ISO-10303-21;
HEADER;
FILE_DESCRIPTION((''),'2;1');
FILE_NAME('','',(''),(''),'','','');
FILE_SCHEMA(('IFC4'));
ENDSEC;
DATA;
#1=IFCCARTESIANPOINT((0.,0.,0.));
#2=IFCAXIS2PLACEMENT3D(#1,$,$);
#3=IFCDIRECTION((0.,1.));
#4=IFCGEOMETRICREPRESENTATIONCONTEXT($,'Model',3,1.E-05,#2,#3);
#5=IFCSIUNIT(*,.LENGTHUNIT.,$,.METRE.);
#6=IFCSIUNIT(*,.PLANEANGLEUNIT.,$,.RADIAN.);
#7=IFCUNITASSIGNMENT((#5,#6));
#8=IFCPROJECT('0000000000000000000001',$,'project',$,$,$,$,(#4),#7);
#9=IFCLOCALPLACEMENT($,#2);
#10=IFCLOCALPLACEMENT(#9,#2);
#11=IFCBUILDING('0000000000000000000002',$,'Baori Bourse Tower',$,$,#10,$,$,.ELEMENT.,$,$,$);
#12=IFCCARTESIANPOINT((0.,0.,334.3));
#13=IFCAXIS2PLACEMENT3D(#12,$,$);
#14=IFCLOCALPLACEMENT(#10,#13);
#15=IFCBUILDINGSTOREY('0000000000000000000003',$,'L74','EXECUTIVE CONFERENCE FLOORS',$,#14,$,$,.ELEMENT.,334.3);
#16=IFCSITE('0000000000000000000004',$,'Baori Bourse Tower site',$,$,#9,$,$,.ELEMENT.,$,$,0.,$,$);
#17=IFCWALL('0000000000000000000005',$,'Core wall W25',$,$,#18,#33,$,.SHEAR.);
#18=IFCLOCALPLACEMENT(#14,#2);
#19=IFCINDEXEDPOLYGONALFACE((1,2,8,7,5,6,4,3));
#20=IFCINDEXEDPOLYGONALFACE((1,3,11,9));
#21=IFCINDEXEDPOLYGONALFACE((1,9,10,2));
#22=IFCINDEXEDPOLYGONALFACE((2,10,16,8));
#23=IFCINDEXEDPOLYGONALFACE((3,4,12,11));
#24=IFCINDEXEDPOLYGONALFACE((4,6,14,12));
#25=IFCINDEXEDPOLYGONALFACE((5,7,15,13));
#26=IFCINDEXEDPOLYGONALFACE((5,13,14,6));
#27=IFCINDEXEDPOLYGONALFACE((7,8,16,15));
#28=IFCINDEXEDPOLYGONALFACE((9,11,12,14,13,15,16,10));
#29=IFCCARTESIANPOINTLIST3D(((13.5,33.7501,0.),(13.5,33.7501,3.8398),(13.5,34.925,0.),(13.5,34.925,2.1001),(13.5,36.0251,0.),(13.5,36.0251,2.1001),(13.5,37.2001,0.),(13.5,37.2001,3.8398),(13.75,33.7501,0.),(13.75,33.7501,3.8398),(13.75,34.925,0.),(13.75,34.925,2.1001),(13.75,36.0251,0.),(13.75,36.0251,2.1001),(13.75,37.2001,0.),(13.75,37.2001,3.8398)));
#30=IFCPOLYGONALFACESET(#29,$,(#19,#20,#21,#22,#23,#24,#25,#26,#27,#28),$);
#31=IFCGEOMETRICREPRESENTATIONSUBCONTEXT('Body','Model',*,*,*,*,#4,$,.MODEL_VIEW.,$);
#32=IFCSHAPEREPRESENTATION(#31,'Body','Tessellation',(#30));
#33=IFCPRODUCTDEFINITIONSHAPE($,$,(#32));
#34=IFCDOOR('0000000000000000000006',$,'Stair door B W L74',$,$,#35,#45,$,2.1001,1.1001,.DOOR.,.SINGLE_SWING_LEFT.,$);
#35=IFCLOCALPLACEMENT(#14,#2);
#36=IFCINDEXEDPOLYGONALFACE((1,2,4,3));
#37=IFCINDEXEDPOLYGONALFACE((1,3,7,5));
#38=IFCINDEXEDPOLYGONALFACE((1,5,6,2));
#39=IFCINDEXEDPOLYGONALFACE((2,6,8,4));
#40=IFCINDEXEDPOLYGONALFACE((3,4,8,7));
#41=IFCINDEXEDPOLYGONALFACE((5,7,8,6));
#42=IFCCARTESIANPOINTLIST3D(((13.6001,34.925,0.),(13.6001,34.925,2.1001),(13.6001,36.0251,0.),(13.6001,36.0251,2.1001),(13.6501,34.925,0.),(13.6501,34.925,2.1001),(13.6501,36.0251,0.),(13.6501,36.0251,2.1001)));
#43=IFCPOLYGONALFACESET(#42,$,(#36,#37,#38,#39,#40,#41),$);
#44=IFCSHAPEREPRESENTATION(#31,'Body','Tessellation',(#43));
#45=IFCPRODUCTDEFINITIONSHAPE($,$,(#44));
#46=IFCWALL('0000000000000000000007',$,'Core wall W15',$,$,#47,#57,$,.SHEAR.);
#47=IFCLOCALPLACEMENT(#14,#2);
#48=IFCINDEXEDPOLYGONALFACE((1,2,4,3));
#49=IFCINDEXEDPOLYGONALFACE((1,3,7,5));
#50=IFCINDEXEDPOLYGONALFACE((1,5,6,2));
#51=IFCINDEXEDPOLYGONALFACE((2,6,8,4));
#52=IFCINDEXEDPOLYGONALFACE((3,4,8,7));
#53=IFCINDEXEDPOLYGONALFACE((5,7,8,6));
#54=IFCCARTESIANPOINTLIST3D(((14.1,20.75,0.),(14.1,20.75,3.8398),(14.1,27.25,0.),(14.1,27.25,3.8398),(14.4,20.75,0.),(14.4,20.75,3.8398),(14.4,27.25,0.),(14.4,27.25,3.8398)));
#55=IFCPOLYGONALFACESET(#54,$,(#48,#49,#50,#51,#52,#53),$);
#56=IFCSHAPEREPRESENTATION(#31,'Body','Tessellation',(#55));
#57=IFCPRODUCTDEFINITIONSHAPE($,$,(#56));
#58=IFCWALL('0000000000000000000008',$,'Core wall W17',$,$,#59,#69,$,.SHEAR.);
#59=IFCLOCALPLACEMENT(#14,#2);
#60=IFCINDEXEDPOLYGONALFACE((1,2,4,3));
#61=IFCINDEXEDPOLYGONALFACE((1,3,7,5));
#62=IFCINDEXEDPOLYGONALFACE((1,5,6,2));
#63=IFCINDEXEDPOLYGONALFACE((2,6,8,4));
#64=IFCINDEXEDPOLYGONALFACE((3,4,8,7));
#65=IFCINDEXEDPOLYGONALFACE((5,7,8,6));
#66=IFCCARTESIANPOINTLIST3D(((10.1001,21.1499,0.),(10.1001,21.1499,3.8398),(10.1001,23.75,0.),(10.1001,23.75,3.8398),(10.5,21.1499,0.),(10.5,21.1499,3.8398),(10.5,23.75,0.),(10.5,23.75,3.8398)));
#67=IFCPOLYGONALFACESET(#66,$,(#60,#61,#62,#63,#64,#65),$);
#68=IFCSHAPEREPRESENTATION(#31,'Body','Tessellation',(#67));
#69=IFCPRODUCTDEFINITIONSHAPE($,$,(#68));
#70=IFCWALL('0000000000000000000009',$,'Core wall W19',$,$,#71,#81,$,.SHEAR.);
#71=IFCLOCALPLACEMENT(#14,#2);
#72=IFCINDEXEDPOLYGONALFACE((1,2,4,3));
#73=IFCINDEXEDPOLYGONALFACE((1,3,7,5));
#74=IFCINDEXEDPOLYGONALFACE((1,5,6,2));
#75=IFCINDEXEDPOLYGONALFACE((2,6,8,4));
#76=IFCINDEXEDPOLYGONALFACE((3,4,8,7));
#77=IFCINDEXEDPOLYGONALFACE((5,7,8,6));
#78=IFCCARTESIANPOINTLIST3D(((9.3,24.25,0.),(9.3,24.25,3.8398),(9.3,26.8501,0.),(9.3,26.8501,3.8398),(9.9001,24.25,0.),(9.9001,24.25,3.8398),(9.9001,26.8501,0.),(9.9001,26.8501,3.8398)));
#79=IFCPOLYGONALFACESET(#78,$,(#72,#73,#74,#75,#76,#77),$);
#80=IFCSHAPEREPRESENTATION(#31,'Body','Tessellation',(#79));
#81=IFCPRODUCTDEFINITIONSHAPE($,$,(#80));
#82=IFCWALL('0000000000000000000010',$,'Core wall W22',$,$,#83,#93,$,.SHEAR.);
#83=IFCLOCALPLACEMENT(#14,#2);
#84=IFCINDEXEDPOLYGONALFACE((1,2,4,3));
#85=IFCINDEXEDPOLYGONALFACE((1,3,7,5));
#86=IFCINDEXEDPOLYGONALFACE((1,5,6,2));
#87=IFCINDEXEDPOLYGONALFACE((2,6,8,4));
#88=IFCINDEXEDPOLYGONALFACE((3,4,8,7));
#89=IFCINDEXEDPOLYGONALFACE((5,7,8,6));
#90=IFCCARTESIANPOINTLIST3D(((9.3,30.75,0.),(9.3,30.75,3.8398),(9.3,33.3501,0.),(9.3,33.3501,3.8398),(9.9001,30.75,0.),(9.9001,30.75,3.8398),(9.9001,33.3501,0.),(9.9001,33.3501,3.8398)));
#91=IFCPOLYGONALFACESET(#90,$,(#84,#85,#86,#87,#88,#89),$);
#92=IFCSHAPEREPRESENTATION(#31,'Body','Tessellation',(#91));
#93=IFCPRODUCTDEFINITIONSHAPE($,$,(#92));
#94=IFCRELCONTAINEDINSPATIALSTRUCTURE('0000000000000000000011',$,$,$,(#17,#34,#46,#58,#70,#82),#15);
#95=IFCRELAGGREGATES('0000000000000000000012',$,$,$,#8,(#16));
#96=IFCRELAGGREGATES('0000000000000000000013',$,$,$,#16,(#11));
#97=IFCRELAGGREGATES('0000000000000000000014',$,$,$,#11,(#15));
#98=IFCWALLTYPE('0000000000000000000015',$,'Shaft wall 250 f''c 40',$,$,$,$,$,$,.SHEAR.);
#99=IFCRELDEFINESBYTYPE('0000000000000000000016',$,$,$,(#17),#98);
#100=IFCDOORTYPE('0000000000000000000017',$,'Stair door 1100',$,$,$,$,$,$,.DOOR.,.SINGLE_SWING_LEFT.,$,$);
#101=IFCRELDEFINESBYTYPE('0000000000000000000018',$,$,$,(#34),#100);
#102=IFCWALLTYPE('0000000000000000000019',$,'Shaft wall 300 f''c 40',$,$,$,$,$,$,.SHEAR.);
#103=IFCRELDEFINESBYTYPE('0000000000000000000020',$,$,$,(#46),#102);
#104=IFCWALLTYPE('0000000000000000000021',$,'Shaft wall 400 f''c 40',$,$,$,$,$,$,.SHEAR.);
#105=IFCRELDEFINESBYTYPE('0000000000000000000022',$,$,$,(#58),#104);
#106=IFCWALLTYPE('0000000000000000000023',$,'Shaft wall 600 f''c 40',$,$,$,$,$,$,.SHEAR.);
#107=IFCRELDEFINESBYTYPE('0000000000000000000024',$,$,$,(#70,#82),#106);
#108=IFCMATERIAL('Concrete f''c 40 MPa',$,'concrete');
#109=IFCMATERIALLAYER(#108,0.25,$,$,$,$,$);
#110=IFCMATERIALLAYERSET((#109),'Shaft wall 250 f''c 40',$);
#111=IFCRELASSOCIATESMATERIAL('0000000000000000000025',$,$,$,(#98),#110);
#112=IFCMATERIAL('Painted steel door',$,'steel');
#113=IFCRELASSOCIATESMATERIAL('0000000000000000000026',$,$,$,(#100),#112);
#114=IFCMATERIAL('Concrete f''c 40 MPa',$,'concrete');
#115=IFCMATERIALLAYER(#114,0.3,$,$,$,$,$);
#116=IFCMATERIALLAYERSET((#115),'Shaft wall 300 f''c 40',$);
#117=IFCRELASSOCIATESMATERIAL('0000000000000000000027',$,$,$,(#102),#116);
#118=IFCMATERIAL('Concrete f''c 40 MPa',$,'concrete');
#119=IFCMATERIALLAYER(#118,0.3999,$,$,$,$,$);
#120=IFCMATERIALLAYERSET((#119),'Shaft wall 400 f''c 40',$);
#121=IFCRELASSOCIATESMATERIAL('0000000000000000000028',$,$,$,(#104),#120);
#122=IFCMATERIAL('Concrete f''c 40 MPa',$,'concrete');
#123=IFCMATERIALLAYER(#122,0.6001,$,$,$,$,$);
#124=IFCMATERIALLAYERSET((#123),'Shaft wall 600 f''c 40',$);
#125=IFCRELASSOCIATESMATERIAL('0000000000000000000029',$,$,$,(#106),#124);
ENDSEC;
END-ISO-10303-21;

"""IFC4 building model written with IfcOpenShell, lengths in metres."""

from ifc_helpers import new_model, si_unit, direction, frame, frame_2d, origin, place, context, subcontext, project, spatial, rectangle, extrude, material, layer, layer_set, type_object, element, fill, save


model = new_model("IFC4")

# Units and contexts
model_context = context("Model", 3, precision=1e-05, world=origin(), true_north=direction((0.0, 1.0)))
body_context = subcontext(model_context, "Body", "Model", "MODEL_VIEW")
ifc_project = project(units=[si_unit("LENGTHUNIT", "METRE"), si_unit("PLANEANGLEUNIT", "RADIAN")], contexts=[model_context])

# Site, building, storey
site_placement = place(None, origin())
site = spatial("IfcSite", under=ifc_project, at=site_placement, Name="Baori Bourse Tower site", CompositionType="ELEMENT", RefElevation=0.0)
building_placement = place(site_placement, origin())
building = spatial("IfcBuilding", under=site, at=building_placement, Name="Baori Bourse Tower", CompositionType="ELEMENT")
storey_placement = place(building_placement, frame((0.0, 0.0, 334.3)))
storey = spatial("IfcBuildingStorey", under=building, at=storey_placement, Name="L74", Description="EXECUTIVE CONFERENCE FLOORS", CompositionType="ELEMENT", Elevation=334.3)

# Wall, opening, door
ifc_material_1 = material(Name="Concrete f'c 40 MPa", Category="concrete")
ifc_layer_1 = layer(ifc_material_1, 0.25)
ifc_layer_set_1 = layer_set([ifc_layer_1], Name="Shaft wall 250 f'c 40")
wall_type_1 = type_object("IfcWallType", Name="Shaft wall 250 f'c 40", PredefinedType="SHEAR", material=ifc_layer_set_1)
wall_1_placement = place(storey_placement, frame((13.625, 33.75, 0.0), z_axis=(0.0, 0.0, 1.0), x_axis=(0.0, 1.0, 0.0)))
wall_1 = element("IfcWall", 1, at=wall_1_placement, inside=storey, type_object=wall_type_1, Name="Core wall W25", PredefinedType="SHEAR", context=body_context, shape_type="SweptSolid", body=[
    extrude(rectangle(XDim=3.45, YDim=0.25, at=frame_2d((1.7251, 0.0))), origin(), (0.0, 0.0, 1.0), 3.8398),
])
opening_placement = place(wall_1_placement, frame((1.175, 0.0, 0.0)))
opening = element("IfcOpeningElement", 2, at=opening_placement, cuts=wall_1, PredefinedType="OPENING", context=body_context, shape_type="SweptSolid", body=[
    extrude(rectangle(XDim=1.1001, YDim=2.1001, at=frame_2d((0.55, 1.05))), frame((0.0, 0.135, 0.0), z_axis=(0.0, -1.0, 0.0), x_axis=(1.0, 0.0, 0.0)), (0.0, 0.0, 1.0), 0.27),
])
ifc_material_2 = material(Name="Painted steel door", Category="steel")
door_type = type_object("IfcDoorType", Name="Stair door 1100", OperationType="SINGLE_SWING_LEFT", PredefinedType="DOOR", material=ifc_material_2)
door_placement = place(opening_placement, origin())
door = element("IfcDoor", 3, at=door_placement, inside=storey, type_object=door_type, Name="Stair door B W L74", OperationType="SINGLE_SWING_LEFT", OverallHeight=2.1001, OverallWidth=1.1001, PredefinedType="DOOR", context=body_context, shape_type="SweptSolid", body=[
    extrude(rectangle(XDim=1.1001, YDim=2.1001, at=frame_2d((0.55, 1.05))), frame((0.0, 0.0249, 0.0), z_axis=(0.0, -1.0, 0.0), x_axis=(1.0, 0.0, 0.0)), (0.0, 0.0, 1.0), 0.05),
])
fill(opening, door)

# Walls
ifc_material_3 = material(Name="Concrete f'c 40 MPa", Category="concrete")
ifc_layer_2 = layer(ifc_material_3, 0.3)
ifc_layer_set_2 = layer_set([ifc_layer_2], Name="Shaft wall 300 f'c 40")
wall_type_2 = type_object("IfcWallType", Name="Shaft wall 300 f'c 40", PredefinedType="SHEAR", material=ifc_layer_set_2)
wall_2_placement = place(storey_placement, frame((14.25, 20.75, 0.0), z_axis=(0.0, 0.0, 1.0), x_axis=(0.0, 1.0, 0.0)))
element("IfcWall", 4, at=wall_2_placement, inside=storey, type_object=wall_type_2, Name="Core wall W15", PredefinedType="SHEAR", context=body_context, shape_type="SweptSolid", body=[
    extrude(rectangle(XDim=6.5, YDim=0.3, at=frame_2d((3.25, 0.0))), origin(), (0.0, 0.0, 1.0), 3.8398),
])
ifc_material_4 = material(Name="Concrete f'c 40 MPa", Category="concrete")
ifc_layer_3 = layer(ifc_material_4, 0.3999)
ifc_layer_set_3 = layer_set([ifc_layer_3], Name="Shaft wall 400 f'c 40")
wall_type_3 = type_object("IfcWallType", Name="Shaft wall 400 f'c 40", PredefinedType="SHEAR", material=ifc_layer_set_3)
wall_3_placement = place(storey_placement, frame((10.3, 21.1499, 0.0), z_axis=(0.0, 0.0, 1.0), x_axis=(0.0, 1.0, 0.0)))
element("IfcWall", 5, at=wall_3_placement, inside=storey, type_object=wall_type_3, Name="Core wall W17", PredefinedType="SHEAR", context=body_context, shape_type="SweptSolid", body=[
    extrude(rectangle(XDim=2.6001, YDim=0.3999, at=frame_2d((1.3, 0.0))), origin(), (0.0, 0.0, 1.0), 3.8398),
])
ifc_material_5 = material(Name="Concrete f'c 40 MPa", Category="concrete")
ifc_layer_4 = layer(ifc_material_5, 0.6001)
ifc_layer_set_4 = layer_set([ifc_layer_4], Name="Shaft wall 600 f'c 40")
wall_type_4 = type_object("IfcWallType", Name="Shaft wall 600 f'c 40", PredefinedType="SHEAR", material=ifc_layer_set_4)
for number, where, z_axis, x_axis, name in (
    (6, (9.6001, 24.25, 0.0), (0.0, 0.0, 1.0), (0.0, 1.0, 0.0), "Core wall W19"),
    (7, (9.6001, 30.75, 0.0), (0.0, 0.0, 1.0), (0.0, 1.0, 0.0), "Core wall W22"),
):
    element("IfcWall", number, at=place(storey_placement, frame(where, z_axis=z_axis, x_axis=x_axis)), inside=storey, type_object=wall_type_4, Name=name, PredefinedType="SHEAR", context=body_context, shape_type="SweptSolid", body=[
        extrude(rectangle(XDim=2.6001, YDim=0.6001, at=frame_2d((1.3, 0.0))), origin(), (0.0, 0.0, 1.0), 3.8398),
    ])

save(model, "model.ifc")
